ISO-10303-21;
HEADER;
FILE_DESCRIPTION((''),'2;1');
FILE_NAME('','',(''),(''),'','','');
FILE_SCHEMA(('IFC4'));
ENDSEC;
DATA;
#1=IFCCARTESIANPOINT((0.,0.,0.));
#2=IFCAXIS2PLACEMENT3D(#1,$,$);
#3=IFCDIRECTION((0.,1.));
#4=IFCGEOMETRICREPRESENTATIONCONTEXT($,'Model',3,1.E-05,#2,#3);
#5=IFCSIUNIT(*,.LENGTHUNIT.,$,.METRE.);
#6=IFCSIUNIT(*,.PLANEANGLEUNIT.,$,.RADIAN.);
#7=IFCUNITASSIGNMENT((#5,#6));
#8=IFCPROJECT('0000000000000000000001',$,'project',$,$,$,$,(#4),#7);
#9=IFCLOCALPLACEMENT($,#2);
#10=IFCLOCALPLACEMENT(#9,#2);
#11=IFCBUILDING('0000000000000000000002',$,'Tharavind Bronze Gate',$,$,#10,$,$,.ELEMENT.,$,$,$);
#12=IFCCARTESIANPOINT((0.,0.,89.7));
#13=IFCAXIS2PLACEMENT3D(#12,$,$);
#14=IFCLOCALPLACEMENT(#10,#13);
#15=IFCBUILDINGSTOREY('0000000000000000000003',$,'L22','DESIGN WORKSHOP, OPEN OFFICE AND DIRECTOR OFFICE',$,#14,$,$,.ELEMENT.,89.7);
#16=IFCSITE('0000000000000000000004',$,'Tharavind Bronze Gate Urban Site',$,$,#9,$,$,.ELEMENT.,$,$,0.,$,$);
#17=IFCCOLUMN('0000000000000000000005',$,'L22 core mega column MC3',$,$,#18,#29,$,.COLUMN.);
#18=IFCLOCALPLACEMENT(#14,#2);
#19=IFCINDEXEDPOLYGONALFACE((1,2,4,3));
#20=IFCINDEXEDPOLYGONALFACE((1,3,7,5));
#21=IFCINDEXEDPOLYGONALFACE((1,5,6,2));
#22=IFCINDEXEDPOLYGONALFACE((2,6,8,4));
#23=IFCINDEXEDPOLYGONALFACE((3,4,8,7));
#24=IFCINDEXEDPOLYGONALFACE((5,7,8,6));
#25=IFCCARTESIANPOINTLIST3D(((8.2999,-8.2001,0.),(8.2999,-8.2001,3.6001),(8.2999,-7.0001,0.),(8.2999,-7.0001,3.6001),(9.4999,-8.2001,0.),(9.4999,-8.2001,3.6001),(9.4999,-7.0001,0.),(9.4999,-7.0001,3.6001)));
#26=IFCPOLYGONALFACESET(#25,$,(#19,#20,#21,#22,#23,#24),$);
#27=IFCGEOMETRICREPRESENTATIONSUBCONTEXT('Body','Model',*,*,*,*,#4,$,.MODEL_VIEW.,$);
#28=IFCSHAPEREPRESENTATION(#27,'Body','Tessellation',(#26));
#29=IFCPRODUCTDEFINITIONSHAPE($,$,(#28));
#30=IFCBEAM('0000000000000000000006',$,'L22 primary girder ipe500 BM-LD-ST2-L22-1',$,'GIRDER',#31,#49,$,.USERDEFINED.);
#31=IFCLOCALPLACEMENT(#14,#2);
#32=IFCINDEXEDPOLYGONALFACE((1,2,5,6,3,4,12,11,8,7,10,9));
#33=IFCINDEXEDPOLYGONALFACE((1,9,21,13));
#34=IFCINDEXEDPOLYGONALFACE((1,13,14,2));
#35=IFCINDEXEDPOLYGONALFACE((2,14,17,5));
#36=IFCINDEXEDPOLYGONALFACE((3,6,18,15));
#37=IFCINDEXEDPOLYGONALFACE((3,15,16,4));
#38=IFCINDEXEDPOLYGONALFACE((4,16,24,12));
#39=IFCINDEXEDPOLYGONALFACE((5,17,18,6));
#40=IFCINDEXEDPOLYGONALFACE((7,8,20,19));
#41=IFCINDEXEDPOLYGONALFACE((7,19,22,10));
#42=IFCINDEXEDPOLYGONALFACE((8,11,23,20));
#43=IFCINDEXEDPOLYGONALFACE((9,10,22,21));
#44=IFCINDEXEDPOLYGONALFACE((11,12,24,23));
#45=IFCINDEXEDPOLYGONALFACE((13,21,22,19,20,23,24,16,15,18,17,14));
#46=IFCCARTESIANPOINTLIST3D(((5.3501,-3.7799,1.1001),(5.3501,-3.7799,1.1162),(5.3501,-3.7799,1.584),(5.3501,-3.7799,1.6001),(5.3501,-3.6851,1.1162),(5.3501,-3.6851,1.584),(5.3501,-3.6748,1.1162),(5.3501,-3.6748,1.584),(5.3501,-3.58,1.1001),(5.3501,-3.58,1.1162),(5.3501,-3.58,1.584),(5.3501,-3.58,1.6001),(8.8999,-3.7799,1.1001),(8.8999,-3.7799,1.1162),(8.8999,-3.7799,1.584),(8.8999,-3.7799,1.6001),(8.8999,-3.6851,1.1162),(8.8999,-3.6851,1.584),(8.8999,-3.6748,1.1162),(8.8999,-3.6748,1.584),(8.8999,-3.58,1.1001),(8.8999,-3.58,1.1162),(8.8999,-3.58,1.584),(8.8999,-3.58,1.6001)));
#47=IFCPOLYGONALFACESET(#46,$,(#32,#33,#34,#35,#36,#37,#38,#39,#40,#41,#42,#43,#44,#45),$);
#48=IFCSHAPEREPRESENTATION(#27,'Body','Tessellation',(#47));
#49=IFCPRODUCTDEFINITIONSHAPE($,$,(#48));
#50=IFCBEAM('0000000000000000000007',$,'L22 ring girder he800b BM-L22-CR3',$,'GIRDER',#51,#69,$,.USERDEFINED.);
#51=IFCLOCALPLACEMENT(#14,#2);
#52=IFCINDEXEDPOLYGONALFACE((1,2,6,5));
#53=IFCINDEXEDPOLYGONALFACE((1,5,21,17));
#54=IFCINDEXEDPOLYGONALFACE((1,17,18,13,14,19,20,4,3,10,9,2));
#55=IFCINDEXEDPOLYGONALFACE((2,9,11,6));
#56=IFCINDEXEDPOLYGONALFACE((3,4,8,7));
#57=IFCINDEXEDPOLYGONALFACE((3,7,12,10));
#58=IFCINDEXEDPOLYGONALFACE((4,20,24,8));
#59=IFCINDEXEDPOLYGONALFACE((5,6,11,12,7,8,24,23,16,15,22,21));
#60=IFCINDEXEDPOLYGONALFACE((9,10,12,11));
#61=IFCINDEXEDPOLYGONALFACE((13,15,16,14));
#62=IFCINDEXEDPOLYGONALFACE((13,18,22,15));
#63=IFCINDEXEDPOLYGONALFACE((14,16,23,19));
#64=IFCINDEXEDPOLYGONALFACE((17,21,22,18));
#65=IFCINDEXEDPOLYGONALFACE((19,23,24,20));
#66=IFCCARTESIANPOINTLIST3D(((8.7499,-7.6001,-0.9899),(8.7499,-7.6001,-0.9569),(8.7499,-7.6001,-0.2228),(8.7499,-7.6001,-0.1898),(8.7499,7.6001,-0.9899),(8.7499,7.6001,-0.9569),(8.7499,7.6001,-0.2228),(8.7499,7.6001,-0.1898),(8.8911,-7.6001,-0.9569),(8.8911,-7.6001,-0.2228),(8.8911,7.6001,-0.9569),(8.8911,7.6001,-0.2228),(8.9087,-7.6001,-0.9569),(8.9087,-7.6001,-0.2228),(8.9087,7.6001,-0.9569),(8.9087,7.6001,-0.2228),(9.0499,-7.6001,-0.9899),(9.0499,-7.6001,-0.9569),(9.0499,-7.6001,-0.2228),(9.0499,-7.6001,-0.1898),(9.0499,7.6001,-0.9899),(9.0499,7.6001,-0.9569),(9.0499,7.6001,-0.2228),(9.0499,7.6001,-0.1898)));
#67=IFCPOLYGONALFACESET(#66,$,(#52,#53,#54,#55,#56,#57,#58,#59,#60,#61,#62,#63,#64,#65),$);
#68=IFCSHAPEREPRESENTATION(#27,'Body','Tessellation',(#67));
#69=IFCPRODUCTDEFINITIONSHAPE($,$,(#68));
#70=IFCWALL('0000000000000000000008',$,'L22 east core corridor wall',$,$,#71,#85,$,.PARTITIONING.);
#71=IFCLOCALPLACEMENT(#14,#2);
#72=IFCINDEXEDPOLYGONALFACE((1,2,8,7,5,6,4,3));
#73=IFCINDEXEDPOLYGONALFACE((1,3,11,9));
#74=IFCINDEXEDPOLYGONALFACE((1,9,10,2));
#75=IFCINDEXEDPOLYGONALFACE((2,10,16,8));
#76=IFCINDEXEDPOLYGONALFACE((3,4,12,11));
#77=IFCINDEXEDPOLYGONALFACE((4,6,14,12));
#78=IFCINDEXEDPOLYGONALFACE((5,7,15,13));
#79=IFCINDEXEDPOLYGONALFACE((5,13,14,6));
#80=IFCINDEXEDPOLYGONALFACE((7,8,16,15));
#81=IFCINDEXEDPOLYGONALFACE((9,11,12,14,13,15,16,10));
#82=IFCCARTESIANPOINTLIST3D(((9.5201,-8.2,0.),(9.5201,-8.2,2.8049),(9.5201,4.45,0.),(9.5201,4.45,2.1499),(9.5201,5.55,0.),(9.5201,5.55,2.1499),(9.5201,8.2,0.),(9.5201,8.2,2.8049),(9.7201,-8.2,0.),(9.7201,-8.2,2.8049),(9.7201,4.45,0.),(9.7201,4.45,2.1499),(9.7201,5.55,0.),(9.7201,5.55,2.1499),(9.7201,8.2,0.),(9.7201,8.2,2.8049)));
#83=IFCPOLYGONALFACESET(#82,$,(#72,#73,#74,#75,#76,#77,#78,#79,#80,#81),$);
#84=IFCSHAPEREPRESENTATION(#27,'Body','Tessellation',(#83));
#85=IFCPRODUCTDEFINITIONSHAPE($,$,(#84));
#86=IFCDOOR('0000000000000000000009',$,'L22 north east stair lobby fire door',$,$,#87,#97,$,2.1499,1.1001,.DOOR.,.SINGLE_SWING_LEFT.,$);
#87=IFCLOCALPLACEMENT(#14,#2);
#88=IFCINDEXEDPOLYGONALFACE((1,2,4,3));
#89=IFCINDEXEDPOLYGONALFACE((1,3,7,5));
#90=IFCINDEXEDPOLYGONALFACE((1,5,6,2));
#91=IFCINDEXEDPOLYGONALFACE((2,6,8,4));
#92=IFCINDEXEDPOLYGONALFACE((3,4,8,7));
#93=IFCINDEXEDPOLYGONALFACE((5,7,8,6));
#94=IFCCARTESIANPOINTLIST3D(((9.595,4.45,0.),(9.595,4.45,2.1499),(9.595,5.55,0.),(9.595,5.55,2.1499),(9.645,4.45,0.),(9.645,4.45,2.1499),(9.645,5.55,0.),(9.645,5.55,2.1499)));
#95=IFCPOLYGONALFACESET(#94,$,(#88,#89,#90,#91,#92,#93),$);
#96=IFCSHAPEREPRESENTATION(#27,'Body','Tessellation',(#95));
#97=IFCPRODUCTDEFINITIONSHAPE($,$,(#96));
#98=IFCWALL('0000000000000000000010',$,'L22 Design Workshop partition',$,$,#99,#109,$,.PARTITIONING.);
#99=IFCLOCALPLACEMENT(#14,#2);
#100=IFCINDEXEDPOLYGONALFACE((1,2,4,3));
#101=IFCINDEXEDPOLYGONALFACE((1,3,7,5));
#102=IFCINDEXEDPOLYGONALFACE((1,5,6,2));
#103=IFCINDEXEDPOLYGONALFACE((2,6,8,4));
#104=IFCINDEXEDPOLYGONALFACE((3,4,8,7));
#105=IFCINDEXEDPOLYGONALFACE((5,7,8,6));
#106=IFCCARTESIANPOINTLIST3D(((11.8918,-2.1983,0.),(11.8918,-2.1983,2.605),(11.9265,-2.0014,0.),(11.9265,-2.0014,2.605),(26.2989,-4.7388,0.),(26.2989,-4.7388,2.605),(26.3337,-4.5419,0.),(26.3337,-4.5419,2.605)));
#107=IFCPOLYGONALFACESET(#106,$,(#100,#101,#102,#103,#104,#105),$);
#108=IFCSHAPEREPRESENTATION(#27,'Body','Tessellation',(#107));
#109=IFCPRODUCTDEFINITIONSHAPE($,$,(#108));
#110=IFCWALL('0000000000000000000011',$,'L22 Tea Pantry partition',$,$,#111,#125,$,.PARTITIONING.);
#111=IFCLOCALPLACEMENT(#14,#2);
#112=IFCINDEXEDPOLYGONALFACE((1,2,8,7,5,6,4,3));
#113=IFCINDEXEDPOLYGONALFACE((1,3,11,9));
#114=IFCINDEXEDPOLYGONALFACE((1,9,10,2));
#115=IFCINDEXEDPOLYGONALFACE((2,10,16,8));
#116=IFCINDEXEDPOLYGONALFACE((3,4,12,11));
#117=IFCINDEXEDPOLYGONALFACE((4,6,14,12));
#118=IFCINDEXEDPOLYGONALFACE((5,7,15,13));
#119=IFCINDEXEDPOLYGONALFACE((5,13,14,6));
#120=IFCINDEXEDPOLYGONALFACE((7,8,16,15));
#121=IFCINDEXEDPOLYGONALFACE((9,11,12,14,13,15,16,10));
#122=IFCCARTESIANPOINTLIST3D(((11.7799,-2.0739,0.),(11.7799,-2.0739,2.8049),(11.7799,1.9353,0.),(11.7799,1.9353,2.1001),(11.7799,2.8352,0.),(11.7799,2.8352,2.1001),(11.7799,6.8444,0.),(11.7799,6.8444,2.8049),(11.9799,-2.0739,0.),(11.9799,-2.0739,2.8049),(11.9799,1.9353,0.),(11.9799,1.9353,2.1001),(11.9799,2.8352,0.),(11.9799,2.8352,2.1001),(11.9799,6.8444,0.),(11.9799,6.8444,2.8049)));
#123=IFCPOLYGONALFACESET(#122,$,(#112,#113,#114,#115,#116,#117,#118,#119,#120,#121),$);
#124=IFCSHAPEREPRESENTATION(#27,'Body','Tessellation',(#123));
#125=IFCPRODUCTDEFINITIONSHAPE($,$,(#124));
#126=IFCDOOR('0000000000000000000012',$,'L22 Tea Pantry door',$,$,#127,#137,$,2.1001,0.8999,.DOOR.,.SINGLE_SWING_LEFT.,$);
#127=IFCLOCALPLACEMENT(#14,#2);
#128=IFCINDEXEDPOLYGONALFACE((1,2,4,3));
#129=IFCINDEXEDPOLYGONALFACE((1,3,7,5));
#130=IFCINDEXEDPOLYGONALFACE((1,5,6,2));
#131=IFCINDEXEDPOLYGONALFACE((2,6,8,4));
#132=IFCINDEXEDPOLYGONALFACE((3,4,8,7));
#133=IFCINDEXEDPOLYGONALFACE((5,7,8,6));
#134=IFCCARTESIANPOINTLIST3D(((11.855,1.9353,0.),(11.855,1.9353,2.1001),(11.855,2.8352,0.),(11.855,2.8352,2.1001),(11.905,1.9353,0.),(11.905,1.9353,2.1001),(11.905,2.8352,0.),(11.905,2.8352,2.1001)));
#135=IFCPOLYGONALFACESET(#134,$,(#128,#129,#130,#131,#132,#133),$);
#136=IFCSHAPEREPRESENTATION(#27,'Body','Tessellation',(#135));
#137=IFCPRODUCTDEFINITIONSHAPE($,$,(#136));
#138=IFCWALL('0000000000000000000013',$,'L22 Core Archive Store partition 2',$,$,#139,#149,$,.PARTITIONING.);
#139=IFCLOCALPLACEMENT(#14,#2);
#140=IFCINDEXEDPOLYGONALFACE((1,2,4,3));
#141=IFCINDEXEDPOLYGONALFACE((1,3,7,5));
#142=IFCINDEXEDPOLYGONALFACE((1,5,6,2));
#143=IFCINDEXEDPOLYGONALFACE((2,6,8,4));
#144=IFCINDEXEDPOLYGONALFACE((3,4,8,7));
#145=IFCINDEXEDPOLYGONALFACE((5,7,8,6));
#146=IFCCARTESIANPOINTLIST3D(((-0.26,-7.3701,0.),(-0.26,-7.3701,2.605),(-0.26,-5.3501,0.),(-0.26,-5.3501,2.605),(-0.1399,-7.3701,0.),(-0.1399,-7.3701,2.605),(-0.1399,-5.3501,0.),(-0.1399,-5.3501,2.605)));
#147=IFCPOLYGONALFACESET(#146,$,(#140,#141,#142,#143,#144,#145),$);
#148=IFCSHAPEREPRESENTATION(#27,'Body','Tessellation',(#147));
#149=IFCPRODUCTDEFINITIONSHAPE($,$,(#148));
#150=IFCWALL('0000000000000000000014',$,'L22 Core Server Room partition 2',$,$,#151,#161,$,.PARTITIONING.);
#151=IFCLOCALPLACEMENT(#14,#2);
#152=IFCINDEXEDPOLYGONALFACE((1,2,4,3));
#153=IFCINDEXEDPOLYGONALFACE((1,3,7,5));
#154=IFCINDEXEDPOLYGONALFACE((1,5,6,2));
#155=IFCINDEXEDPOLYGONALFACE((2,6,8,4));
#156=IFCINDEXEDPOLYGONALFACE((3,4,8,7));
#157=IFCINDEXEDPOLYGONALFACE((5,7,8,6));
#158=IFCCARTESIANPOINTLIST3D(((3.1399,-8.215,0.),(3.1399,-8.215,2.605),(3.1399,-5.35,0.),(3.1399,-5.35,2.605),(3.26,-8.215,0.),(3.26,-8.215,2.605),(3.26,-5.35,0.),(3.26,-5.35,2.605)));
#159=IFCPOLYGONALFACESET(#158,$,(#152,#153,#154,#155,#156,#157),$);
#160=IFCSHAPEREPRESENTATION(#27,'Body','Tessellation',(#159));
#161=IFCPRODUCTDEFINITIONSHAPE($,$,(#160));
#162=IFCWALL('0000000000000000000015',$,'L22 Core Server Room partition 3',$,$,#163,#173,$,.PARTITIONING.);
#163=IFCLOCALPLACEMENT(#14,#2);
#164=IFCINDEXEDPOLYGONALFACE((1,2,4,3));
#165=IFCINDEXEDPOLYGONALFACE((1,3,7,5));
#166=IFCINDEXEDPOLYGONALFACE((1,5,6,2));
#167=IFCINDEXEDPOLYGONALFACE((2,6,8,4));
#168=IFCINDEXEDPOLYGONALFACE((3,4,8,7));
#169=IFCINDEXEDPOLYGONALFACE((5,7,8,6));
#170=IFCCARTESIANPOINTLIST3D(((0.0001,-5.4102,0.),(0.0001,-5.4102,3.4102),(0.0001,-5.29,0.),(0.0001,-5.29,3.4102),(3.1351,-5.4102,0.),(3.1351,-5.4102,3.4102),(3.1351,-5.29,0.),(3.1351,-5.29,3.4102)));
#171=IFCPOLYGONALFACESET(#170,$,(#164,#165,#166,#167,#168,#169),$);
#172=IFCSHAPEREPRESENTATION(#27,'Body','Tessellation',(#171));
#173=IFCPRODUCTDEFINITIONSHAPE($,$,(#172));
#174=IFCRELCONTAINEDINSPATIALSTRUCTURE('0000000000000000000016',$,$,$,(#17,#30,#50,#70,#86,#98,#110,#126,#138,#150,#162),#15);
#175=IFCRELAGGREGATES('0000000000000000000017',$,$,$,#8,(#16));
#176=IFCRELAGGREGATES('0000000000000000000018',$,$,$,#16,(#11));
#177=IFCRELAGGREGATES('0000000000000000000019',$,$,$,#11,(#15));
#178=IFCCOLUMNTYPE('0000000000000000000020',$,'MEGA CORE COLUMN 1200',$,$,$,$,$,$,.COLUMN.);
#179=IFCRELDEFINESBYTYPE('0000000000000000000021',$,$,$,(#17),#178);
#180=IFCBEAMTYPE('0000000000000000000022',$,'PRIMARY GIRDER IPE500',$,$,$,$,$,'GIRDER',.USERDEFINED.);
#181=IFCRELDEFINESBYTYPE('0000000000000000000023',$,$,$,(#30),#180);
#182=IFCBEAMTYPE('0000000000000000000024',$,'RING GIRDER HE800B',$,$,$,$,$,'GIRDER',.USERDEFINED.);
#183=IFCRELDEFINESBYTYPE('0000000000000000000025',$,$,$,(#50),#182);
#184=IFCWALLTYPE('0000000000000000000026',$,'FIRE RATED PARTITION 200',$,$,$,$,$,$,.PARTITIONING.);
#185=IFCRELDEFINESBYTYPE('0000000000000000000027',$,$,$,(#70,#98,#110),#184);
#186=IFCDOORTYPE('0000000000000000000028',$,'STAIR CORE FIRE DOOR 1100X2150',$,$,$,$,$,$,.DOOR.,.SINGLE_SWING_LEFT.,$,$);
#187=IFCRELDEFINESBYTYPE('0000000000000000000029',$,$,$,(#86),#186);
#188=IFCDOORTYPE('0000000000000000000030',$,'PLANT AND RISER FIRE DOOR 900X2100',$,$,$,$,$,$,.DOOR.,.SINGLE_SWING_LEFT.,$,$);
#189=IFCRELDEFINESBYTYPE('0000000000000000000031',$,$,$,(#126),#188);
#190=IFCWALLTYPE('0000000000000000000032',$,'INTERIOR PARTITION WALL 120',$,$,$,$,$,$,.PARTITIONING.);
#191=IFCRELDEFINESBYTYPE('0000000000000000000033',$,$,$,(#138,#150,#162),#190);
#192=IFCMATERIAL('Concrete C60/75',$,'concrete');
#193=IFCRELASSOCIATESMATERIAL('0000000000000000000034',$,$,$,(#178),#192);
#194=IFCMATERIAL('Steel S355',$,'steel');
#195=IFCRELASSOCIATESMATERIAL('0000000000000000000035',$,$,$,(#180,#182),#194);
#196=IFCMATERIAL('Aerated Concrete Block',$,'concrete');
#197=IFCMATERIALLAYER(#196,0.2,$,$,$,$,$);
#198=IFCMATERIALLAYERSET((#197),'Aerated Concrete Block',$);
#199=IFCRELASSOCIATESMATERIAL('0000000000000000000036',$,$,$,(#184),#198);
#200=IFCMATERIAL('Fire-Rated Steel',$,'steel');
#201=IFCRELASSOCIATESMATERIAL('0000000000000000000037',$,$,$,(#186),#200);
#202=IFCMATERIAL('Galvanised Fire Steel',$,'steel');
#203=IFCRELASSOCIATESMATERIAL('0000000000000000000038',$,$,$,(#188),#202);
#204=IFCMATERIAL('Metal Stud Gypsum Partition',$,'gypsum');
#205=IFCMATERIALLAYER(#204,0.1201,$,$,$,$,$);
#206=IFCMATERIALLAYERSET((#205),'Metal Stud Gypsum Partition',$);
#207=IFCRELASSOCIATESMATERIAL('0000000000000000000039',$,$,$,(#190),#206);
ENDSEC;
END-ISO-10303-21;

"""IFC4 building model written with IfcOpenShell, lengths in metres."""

from ifc_helpers import new_model, si_unit, direction, frame, frame_2d, origin, origin_2d, place, context, subcontext, project, spatial, rectangle, i_section, extrude, material, layer, layer_set, material_profile, profile_set, type_object, element, fill, save


model = new_model("IFC4")

# Units and contexts
model_context = context("Model", 3, precision=1e-05, world=origin(), true_north=direction((0.0, 1.0)))
body_context = subcontext(model_context, "Body", "Model", "MODEL_VIEW")
ifc_project = project(units=[si_unit("LENGTHUNIT", "METRE"), si_unit("PLANEANGLEUNIT", "RADIAN")], contexts=[model_context])

# Site, building, storey
site_placement = place(None, origin())
site = spatial("IfcSite", under=ifc_project, at=site_placement, Name="Tharavind Bronze Gate Urban Site", CompositionType="ELEMENT", RefElevation=0.0)
building_placement = place(site_placement, origin())
building = spatial("IfcBuilding", under=site, at=building_placement, Name="Tharavind Bronze Gate", CompositionType="ELEMENT")
storey_placement = place(building_placement, frame((0.0, 0.0, 89.7)))
storey = spatial("IfcBuildingStorey", under=building, at=storey_placement, Name="L22", Description="DESIGN WORKSHOP, OPEN OFFICE AND DIRECTOR OFFICE", CompositionType="ELEMENT", Elevation=89.7)

# Column
ifc_material_1 = material(Name="Concrete C60/75", Category="concrete")
ifc_material_profile_1 = material_profile(ifc_material_1, rectangle(XDim=1.2, YDim=1.2, at=origin_2d()), Name="RCCOL1200")
ifc_profile_set_1 = profile_set([ifc_material_profile_1], Name="Concrete C60/75")
column_type = type_object("IfcColumnType", Name="MEGA CORE COLUMN 1200", PredefinedType="COLUMN", material=ifc_profile_set_1)
column_placement = place(storey_placement, frame((8.8999, -7.6001, 0.0), z_axis=(0.0, 0.0, 1.0), x_axis=(1.0, 0.0, 0.0)))
element("IfcColumn", 1, at=column_placement, inside=storey, type_object=column_type, Name="L22 core mega column MC3", PredefinedType="COLUMN", context=body_context, shape_type="SweptSolid", body=[
    extrude(rectangle(XDim=1.2, YDim=1.2, at=origin_2d()), origin(), (0.0, 0.0, 1.0), 3.6001),
])

# Beams
ifc_material_2 = material(Name="Steel S355", Category="steel")
ifc_material_profile_2 = material_profile(ifc_material_2, i_section(OverallWidth=0.2, OverallDepth=0.5, WebThickness=0.0103, FlangeThickness=0.0161, at=origin_2d()), Name="IPE500")
ifc_profile_set_2 = profile_set([ifc_material_profile_2], Name="Steel S355")
beam_type_1 = type_object("IfcBeamType", Name="PRIMARY GIRDER IPE500", ElementType="GIRDER", PredefinedType="USERDEFINED", material=ifc_profile_set_2)
beam_1_placement = place(storey_placement, frame((5.3501, -3.6799, 1.3501), z_axis=(1.0, 0.0, 0.0), x_axis=(0.0, 1.0, 0.0)))
element("IfcBeam", 2, at=beam_1_placement, inside=storey, type_object=beam_type_1, Name="L22 primary girder ipe500 BM-LD-ST2-L22-1", ObjectType="GIRDER", PredefinedType="USERDEFINED", context=body_context, shape_type="SweptSolid", body=[
    extrude(i_section(OverallWidth=0.2, OverallDepth=0.5, WebThickness=0.0103, FlangeThickness=0.0161, at=origin_2d()), origin(), (0.0, 0.0, 1.0), 3.5498),
])
ifc_material_profile_3 = material_profile(ifc_material_2, i_section(OverallWidth=0.3, OverallDepth=0.8, WebThickness=0.0176, FlangeThickness=0.033, at=origin_2d()), Name="HE800B")
ifc_profile_set_3 = profile_set([ifc_material_profile_3], Name="Steel S355")
beam_type_2 = type_object("IfcBeamType", Name="RING GIRDER HE800B", ElementType="GIRDER", PredefinedType="USERDEFINED", material=ifc_profile_set_3)
beam_2_placement = place(storey_placement, frame((8.8999, -7.6001, -0.5898), z_axis=(0.0, 1.0, 0.0), x_axis=(-1.0, 0.0, 0.0)))
element("IfcBeam", 3, at=beam_2_placement, inside=storey, type_object=beam_type_2, Name="L22 ring girder he800b BM-L22-CR3", ObjectType="GIRDER", PredefinedType="USERDEFINED", context=body_context, shape_type="SweptSolid", body=[
    extrude(i_section(OverallWidth=0.3, OverallDepth=0.8, WebThickness=0.0176, FlangeThickness=0.033, at=origin_2d()), origin(), (0.0, 0.0, 1.0), 15.2002),
])

# Wall, opening, door
ifc_material_3 = material(Name="Aerated Concrete Block", Category="concrete")
ifc_layer_1 = layer(ifc_material_3, 0.2)
ifc_layer_set_1 = layer_set([ifc_layer_1], Name="Aerated Concrete Block")
wall_type_1 = type_object("IfcWallType", Name="FIRE RATED PARTITION 200", PredefinedType="PARTITIONING", material=ifc_layer_set_1)
wall_1_placement = place(storey_placement, frame((9.6201, -8.2, 0.0), z_axis=(0.0, 0.0, 1.0), x_axis=(0.0, 1.0, 0.0)))
wall_1 = element("IfcWall", 4, at=wall_1_placement, inside=storey, type_object=wall_type_1, Name="L22 east core corridor wall", PredefinedType="PARTITIONING", context=body_context, shape_type="SweptSolid", body=[
    extrude(rectangle(XDim=16.3999, YDim=0.2, at=frame_2d((8.2, 0.0))), origin(), (0.0, 0.0, 1.0), 2.8049),
])
opening_1_placement = place(wall_1_placement, frame((12.6499, 0.0, 0.0)))
opening_1 = element("IfcOpeningElement", 5, at=opening_1_placement, cuts=wall_1, PredefinedType="OPENING", context=body_context, shape_type="SweptSolid", body=[
    extrude(rectangle(XDim=1.1001, YDim=2.1499, at=frame_2d((0.55, 1.075))), frame((0.0, 0.1101, 0.0), z_axis=(0.0, -1.0, 0.0), x_axis=(1.0, 0.0, 0.0)), (0.0, 0.0, 1.0), 0.22),
])
ifc_material_4 = material(Name="Fire-Rated Steel", Category="steel")
door_type_1 = type_object("IfcDoorType", Name="STAIR CORE FIRE DOOR 1100X2150", OperationType="SINGLE_SWING_LEFT", PredefinedType="DOOR", material=ifc_material_4)
door_1_placement = place(opening_1_placement, frame((1.1001, 0.0, 0.0), z_axis=(0.0, 0.0, 1.0), x_axis=(-1.0, 0.0, 0.0)))
door_1 = element("IfcDoor", 6, at=door_1_placement, inside=storey, type_object=door_type_1, Name="L22 north east stair lobby fire door", OperationType="SINGLE_SWING_LEFT", OverallHeight=2.1499, OverallWidth=1.1001, PredefinedType="DOOR", context=body_context, shape_type="SweptSolid", body=[
    extrude(rectangle(XDim=1.1001, YDim=2.1499, at=frame_2d((0.55, 1.075))), frame((0.0, 0.0249, 0.0), z_axis=(0.0, -1.0, 0.0), x_axis=(1.0, 0.0, 0.0)), (0.0, 0.0, 1.0), 0.05),
])
fill(opening_1, door_1)

# Wall
wall_2_placement = place(storey_placement, frame((11.9092, -2.0999, 0.0), z_axis=(0.0, 0.0, 1.0), x_axis=(0.984806, -0.173658, 0.0)))
element("IfcWall", 7, at=wall_2_placement, inside=storey, type_object=wall_type_1, Name="L22 Design Workshop partition", PredefinedType="PARTITIONING", context=body_context, shape_type="SweptSolid", body=[
    extrude(rectangle(XDim=14.6294, YDim=0.2, at=frame_2d((7.3147, 0.0))), origin(), (0.0, 0.0, 1.0), 2.605),
])

# Wall, opening, door
wall_3_placement = place(storey_placement, frame((11.8799, -2.0737, 0.0), z_axis=(0.0, 0.0, 1.0), x_axis=(0.0, 1.0, 0.0)))
wall_3 = element("IfcWall", 8, at=wall_3_placement, inside=storey, type_object=wall_type_1, Name="L22 Tea Pantry partition", PredefinedType="PARTITIONING", context=body_context, shape_type="SweptSolid", body=[
    extrude(rectangle(XDim=8.9182, YDim=0.2, at=frame_2d((4.459, 0.0))), origin(), (0.0, 0.0, 1.0), 2.8049),
])
opening_2_placement = place(wall_3_placement, frame((4.009, 0.0, 0.0)))
opening_2 = element("IfcOpeningElement", 9, at=opening_2_placement, cuts=wall_3, PredefinedType="OPENING", context=body_context, shape_type="SweptSolid", body=[
    extrude(rectangle(XDim=0.8999, YDim=2.1001, at=frame_2d((0.45, 1.05))), frame((0.0, 0.1101, 0.0), z_axis=(0.0, -1.0, 0.0), x_axis=(1.0, 0.0, 0.0)), (0.0, 0.0, 1.0), 0.22),
])
ifc_material_5 = material(Name="Galvanised Fire Steel", Category="steel")
door_type_2 = type_object("IfcDoorType", Name="PLANT AND RISER FIRE DOOR 900X2100", OperationType="SINGLE_SWING_LEFT", PredefinedType="DOOR", material=ifc_material_5)
door_2_placement = place(opening_2_placement, origin())
door_2 = element("IfcDoor", 10, at=door_2_placement, inside=storey, type_object=door_type_2, Name="L22 Tea Pantry door", OperationType="SINGLE_SWING_LEFT", OverallHeight=2.1001, OverallWidth=0.8999, PredefinedType="DOOR", context=body_context, shape_type="SweptSolid", body=[
    extrude(rectangle(XDim=0.8999, YDim=2.1001, at=frame_2d((0.45, 1.05))), frame((0.0, 0.0249, 0.0), z_axis=(0.0, -1.0, 0.0), x_axis=(1.0, 0.0, 0.0)), (0.0, 0.0, 1.0), 0.05),
])
fill(opening_2, door_2)

# Walls
ifc_material_6 = material(Name="Metal Stud Gypsum Partition", Category="gypsum")
ifc_layer_2 = layer(ifc_material_6, 0.1201)
ifc_layer_set_2 = layer_set([ifc_layer_2], Name="Metal Stud Gypsum Partition")
wall_type_2 = type_object("IfcWallType", Name="INTERIOR PARTITION WALL 120", PredefinedType="PARTITIONING", material=ifc_layer_set_2)
wall_4_placement = place(storey_placement, frame((-0.2, -7.3701, 0.0), z_axis=(0.0, 0.0, 1.0), x_axis=(0.0, 1.0, 0.0)))
element("IfcWall", 11, at=wall_4_placement, inside=storey, type_object=wall_type_2, Name="L22 Core Archive Store partition 2", PredefinedType="PARTITIONING", context=body_context, shape_type="SweptSolid", body=[
    extrude(rectangle(XDim=2.02, YDim=0.1201, at=frame_2d((1.01, 0.0))), origin(), (0.0, 0.0, 1.0), 2.605),
])
wall_5_placement = place(storey_placement, frame((3.2, -8.2151, 0.0), z_axis=(0.0, 0.0, 1.0), x_axis=(0.0, 1.0, 0.0)))
element("IfcWall", 12, at=wall_5_placement, inside=storey, type_object=wall_type_2, Name="L22 Core Server Room partition 2", PredefinedType="PARTITIONING", context=body_context, shape_type="SweptSolid", body=[
    extrude(rectangle(XDim=2.865, YDim=0.1201, at=frame_2d((1.4326, 0.0))), origin(), (0.0, 0.0, 1.0), 2.605),
])
wall_6_placement = place(storey_placement, frame((3.135, -5.3501, 0.0), z_axis=(0.0, 0.0, 1.0), x_axis=(-1.0, 0.0, 0.0)))
element("IfcWall", 13, at=wall_6_placement, inside=storey, type_object=wall_type_2, Name="L22 Core Server Room partition 3", PredefinedType="PARTITIONING", context=body_context, shape_type="SweptSolid", body=[
    extrude(rectangle(XDim=3.135, YDim=0.1201, at=frame_2d((1.5674, 0.0))), origin(), (0.0, 0.0, 1.0), 3.4102),
])

save(model, "model.ifc")
